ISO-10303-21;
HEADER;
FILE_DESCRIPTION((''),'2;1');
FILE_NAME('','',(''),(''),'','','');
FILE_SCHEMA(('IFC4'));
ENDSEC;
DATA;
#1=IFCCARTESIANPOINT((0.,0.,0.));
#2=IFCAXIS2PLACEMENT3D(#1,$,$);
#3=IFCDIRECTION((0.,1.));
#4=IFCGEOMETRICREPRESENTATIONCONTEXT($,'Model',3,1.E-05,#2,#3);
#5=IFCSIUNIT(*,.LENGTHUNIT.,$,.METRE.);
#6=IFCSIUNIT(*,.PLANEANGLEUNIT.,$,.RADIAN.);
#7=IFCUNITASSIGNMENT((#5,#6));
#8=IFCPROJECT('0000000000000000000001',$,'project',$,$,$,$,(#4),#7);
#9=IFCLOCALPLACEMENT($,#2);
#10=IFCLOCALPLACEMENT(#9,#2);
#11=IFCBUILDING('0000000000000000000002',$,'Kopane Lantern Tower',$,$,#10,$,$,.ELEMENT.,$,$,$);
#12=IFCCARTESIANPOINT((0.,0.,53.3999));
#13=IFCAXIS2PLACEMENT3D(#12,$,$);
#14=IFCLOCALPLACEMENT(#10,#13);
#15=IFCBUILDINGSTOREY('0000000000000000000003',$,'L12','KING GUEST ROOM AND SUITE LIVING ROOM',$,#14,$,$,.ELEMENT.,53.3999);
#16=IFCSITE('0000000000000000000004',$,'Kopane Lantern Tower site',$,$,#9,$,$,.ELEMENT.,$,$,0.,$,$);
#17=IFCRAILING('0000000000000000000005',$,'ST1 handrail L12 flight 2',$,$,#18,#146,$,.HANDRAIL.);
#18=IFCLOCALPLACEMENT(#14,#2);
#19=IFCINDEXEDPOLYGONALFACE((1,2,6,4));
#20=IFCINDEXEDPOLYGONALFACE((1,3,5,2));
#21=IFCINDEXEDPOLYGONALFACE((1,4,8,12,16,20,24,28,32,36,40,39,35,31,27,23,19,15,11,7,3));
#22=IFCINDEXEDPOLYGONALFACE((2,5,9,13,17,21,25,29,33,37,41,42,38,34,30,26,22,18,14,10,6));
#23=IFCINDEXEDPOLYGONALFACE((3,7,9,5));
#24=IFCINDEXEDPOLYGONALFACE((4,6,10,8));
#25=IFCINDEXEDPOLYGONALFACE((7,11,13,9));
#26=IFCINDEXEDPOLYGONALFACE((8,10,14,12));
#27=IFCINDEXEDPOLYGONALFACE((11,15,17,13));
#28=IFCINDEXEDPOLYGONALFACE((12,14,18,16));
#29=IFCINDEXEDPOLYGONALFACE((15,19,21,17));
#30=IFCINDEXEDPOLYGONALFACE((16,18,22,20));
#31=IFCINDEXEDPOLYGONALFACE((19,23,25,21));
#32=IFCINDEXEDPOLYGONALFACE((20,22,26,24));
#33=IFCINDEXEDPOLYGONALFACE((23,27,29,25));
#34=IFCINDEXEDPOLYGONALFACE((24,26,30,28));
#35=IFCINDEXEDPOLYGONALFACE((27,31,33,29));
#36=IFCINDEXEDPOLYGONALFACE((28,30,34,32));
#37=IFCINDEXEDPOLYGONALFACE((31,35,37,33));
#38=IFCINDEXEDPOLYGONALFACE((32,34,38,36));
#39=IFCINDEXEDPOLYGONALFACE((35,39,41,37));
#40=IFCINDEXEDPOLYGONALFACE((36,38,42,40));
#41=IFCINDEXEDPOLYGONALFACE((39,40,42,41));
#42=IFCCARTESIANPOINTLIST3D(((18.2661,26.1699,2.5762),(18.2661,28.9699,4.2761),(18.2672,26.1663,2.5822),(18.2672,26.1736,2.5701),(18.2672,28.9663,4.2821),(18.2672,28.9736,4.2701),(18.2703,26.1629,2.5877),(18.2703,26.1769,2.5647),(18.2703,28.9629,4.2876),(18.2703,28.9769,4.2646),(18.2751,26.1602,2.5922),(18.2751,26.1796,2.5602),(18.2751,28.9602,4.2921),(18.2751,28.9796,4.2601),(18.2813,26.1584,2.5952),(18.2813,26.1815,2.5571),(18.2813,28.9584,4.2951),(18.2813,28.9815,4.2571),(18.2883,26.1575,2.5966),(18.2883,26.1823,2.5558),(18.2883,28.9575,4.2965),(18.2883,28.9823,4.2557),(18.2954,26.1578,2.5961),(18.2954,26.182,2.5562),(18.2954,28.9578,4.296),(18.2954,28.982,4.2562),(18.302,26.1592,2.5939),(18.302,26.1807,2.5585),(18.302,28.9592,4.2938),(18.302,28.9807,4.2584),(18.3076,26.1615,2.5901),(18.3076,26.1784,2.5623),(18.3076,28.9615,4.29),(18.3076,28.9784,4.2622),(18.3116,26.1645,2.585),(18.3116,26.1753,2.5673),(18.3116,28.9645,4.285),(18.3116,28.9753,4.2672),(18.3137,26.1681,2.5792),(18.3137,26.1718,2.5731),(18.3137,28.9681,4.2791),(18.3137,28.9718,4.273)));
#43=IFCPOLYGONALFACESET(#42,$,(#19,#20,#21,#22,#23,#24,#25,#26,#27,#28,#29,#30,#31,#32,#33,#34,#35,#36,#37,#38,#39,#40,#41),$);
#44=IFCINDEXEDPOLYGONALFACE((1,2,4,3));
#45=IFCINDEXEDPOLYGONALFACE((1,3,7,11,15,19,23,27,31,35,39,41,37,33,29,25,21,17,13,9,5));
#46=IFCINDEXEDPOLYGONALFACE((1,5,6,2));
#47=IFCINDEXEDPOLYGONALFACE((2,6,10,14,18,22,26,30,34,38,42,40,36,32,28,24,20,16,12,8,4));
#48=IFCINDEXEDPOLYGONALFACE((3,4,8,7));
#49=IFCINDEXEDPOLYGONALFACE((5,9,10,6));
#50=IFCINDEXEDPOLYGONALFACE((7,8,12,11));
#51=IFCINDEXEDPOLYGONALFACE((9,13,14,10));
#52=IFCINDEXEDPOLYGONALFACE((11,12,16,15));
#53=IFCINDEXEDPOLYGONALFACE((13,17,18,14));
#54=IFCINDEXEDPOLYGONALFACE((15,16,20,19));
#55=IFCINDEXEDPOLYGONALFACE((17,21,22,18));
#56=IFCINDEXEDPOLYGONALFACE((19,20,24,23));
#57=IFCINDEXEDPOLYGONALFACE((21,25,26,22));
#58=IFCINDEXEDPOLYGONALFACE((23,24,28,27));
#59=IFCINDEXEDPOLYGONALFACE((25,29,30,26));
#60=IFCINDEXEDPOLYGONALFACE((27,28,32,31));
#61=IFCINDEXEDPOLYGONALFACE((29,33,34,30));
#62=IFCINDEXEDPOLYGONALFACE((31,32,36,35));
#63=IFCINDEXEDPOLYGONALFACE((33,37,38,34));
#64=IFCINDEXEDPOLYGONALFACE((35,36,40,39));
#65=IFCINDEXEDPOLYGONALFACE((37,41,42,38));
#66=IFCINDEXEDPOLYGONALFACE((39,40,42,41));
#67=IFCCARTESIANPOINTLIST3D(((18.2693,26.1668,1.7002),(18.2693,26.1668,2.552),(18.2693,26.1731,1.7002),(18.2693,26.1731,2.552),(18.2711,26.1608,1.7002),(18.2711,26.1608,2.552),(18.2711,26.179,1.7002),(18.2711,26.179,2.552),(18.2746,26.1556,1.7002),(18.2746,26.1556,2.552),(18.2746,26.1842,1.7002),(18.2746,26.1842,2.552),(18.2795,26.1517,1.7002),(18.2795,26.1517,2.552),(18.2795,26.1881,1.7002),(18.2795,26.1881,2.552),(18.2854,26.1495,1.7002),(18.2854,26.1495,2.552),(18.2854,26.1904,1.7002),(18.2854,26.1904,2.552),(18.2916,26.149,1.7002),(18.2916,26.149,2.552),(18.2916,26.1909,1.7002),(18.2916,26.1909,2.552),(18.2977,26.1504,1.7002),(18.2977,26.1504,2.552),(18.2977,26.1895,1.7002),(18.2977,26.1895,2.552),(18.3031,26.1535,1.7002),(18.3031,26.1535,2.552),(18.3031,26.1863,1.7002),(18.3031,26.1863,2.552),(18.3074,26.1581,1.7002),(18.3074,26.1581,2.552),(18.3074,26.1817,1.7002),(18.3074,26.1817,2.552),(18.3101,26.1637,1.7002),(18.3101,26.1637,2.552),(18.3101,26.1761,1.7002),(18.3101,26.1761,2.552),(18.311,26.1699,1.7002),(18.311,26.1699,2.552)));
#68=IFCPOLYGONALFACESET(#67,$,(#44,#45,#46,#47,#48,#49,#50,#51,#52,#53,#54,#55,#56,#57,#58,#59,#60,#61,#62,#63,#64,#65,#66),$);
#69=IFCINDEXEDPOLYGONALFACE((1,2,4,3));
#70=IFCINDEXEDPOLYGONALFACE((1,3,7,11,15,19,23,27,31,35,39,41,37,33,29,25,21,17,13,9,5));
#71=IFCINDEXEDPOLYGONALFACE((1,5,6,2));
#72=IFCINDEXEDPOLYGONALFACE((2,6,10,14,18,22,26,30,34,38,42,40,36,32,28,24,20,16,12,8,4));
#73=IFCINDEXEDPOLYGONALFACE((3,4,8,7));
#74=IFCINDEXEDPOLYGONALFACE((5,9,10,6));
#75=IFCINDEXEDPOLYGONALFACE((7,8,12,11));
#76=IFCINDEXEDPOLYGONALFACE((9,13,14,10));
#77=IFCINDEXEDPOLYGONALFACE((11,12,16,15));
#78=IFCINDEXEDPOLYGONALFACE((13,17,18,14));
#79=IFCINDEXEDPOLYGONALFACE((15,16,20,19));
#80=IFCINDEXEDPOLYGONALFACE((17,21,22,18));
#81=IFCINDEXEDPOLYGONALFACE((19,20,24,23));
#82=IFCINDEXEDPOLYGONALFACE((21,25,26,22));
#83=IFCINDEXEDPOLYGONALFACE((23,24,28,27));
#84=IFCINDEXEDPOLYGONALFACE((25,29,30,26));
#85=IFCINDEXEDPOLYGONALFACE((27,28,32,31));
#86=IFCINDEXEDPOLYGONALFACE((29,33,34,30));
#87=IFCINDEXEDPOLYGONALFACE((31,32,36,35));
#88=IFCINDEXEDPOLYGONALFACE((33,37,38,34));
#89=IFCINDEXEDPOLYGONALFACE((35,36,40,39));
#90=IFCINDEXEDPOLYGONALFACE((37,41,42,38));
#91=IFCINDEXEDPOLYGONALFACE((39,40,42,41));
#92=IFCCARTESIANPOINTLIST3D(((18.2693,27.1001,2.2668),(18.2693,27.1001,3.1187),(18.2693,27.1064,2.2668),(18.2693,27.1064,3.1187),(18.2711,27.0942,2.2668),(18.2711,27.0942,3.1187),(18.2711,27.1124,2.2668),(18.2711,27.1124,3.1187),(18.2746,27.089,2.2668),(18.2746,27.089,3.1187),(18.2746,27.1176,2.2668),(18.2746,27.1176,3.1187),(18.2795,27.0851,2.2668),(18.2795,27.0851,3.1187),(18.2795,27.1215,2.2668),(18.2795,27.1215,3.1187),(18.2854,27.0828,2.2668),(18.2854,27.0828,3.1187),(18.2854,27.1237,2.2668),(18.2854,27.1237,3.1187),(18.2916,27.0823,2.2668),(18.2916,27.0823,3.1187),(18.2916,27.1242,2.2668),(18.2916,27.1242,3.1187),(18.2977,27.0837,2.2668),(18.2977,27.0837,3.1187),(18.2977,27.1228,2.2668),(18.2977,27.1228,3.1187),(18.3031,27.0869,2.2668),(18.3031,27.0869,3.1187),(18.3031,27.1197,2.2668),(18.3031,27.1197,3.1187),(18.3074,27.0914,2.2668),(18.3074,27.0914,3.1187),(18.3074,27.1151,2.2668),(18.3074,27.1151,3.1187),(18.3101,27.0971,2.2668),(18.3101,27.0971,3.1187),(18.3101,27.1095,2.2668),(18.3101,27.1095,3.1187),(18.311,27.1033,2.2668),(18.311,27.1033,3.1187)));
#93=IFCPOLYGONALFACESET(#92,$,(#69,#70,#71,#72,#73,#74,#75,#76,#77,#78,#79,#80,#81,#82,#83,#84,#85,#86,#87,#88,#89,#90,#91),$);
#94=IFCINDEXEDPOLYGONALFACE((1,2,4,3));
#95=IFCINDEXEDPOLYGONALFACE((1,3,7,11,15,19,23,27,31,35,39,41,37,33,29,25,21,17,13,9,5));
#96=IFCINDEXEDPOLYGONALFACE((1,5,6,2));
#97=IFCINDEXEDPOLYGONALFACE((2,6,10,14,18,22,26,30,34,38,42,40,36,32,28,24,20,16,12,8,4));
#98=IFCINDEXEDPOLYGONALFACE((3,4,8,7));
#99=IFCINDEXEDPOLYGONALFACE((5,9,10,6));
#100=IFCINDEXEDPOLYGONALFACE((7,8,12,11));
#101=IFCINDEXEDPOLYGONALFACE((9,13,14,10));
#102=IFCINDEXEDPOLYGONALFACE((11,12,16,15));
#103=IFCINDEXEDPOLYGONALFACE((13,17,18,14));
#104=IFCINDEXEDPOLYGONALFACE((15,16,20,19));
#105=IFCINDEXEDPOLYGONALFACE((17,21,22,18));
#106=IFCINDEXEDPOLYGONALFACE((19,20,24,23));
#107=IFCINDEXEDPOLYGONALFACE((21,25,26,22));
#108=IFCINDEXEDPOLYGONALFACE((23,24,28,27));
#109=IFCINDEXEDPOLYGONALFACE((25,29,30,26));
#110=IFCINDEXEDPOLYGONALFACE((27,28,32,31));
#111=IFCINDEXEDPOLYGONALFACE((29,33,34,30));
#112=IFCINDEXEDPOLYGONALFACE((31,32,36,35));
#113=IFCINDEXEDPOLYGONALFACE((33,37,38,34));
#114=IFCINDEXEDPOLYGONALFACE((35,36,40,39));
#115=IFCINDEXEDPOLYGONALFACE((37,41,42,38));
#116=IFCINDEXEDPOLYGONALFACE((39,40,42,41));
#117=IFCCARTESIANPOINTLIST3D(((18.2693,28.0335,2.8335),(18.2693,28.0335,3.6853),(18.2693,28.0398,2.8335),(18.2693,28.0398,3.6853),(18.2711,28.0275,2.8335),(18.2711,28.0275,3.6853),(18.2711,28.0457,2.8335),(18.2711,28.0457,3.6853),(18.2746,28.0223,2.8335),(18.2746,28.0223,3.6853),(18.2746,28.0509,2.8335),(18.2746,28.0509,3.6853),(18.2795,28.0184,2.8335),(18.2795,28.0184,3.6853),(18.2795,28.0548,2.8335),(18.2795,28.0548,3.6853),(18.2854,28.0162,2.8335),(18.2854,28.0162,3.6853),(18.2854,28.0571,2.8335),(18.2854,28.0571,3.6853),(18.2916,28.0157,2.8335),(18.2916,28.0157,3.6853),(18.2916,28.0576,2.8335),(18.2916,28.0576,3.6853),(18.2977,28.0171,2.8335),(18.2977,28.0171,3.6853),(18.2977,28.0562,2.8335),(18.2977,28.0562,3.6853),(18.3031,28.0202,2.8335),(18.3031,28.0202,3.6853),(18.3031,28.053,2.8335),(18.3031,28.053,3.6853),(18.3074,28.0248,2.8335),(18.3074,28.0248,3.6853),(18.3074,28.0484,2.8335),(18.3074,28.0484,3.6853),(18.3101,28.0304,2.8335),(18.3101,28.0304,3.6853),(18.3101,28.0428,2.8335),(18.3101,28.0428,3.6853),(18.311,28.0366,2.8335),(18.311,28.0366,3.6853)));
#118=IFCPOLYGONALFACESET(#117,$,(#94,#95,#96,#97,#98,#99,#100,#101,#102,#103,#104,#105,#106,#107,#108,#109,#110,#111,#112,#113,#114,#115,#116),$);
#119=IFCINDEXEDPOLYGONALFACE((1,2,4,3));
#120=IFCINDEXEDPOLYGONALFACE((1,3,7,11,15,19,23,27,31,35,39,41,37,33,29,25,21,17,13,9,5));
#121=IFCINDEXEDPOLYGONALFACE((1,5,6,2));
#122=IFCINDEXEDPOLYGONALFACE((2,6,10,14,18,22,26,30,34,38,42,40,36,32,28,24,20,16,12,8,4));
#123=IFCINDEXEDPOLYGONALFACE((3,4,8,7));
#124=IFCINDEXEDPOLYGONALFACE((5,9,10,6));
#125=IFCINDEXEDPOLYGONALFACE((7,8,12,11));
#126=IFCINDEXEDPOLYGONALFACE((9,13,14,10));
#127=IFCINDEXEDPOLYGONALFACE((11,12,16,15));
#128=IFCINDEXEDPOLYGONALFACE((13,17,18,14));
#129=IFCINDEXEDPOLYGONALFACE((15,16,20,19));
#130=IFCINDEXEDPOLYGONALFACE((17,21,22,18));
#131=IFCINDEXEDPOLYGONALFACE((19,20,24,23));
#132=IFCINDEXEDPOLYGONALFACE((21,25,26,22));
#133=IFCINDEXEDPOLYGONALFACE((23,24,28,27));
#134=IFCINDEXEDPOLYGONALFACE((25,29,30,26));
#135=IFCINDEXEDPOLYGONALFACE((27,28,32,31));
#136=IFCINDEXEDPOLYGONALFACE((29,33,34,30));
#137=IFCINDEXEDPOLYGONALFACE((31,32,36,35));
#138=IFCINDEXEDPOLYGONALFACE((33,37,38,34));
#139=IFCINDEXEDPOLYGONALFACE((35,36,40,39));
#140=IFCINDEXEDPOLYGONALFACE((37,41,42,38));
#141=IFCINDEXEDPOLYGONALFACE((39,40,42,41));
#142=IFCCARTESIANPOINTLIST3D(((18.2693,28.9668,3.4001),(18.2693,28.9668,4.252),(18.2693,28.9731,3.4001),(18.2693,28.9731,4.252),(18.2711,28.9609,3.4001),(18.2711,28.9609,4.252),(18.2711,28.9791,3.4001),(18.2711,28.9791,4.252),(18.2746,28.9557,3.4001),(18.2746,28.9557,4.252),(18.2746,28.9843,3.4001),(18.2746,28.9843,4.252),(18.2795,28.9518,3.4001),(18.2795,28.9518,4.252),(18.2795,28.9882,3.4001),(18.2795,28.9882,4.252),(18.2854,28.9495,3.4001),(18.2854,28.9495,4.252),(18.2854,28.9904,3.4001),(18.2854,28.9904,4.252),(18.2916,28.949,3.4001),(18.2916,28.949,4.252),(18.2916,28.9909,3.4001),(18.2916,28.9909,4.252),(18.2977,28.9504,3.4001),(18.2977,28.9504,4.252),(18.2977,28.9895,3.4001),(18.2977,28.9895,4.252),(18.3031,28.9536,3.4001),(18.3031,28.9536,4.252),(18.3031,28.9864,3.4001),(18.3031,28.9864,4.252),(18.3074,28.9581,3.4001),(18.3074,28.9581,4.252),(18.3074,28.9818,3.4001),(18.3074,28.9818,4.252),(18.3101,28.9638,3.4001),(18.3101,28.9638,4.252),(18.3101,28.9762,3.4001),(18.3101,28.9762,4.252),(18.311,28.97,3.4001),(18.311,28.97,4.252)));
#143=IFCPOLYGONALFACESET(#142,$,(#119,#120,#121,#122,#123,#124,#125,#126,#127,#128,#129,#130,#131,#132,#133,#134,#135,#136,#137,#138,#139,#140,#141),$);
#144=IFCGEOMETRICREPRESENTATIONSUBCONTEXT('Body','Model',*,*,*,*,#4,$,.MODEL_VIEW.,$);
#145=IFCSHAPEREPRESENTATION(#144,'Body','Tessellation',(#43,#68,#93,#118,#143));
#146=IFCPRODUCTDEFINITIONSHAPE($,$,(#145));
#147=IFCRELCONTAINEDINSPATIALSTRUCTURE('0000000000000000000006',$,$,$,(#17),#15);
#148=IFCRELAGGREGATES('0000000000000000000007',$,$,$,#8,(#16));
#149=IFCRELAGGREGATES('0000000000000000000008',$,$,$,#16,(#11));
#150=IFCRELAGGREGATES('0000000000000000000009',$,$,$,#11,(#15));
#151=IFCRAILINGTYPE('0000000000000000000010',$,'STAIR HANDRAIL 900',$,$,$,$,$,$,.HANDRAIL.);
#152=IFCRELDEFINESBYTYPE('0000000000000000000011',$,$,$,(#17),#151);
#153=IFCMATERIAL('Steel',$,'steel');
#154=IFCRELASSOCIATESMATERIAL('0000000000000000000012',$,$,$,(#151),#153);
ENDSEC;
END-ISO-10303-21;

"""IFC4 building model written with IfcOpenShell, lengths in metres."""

from ifc_helpers import new_model, si_unit, direction, frame, origin, origin_2d, place, context, subcontext, project, spatial, circle, extrude, material, type_object, element, save


model = new_model("IFC4")

# Units and contexts
model_context = context("Model", 3, precision=1e-05, world=origin(), true_north=direction((0.0, 1.0)))
body_context = subcontext(model_context, "Body", "Model", "MODEL_VIEW")
ifc_project = project(units=[si_unit("LENGTHUNIT", "METRE"), si_unit("PLANEANGLEUNIT", "RADIAN")], contexts=[model_context])

# Site, building, storey
site_placement = place(None, origin())
site = spatial("IfcSite", under=ifc_project, at=site_placement, Name="Kopane Lantern Tower site", CompositionType="ELEMENT", RefElevation=0.0)
building_placement = place(site_placement, origin())
building = spatial("IfcBuilding", under=site, at=building_placement, Name="Kopane Lantern Tower", CompositionType="ELEMENT")
storey_placement = place(building_placement, frame((0.0, 0.0, 53.3999)))
storey = spatial("IfcBuildingStorey", under=building, at=storey_placement, Name="L12", Description="KING GUEST ROOM AND SUITE LIVING ROOM", CompositionType="ELEMENT", Elevation=53.3999)

# Railing
ifc_material_1 = material(Name="Steel", Category="steel")
railing_type_1 = type_object("IfcRailingType", Name="STAIR HANDRAIL 900", PredefinedType="HANDRAIL", material=ifc_material_1)
for number, where, name in (
    (1, (18.29, 26.1699, 1.7002), "ST1 handrail L12 flight 2"),
):
    element("IfcRailing", number, at=place(storey_placement, frame(where)), inside=storey, type_object=railing_type_1, Name=name, PredefinedType="HANDRAIL", context=body_context, shape_type="SweptSolid", body=[
        extrude(circle(Radius=0.0239, at=origin_2d()), frame((0.0, 0.0, 0.876), z_axis=(0.0, 0.854798, 0.518961), x_axis=(-1.0, 0.0, 0.0)), (0.0, 0.0, 1.0), 3.2756),
        extrude(circle(Radius=0.021, at=origin_2d()), origin(), (0.0, 0.0, 1.0), 0.8518),
        extrude(circle(Radius=0.021, at=origin_2d()), frame((0.0, 0.9333, 0.5667)), (0.0, 0.0, 1.0), 0.8518),
        extrude(circle(Radius=0.021, at=origin_2d()), frame((0.0, 1.8667, 1.1333)), (0.0, 0.0, 1.0), 0.8518),
        extrude(circle(Radius=0.021, at=origin_2d()), frame((0.0, 2.8, 1.7)), (0.0, 0.0, 1.0), 0.8518),
    ])

save(model, "model.ifc")
